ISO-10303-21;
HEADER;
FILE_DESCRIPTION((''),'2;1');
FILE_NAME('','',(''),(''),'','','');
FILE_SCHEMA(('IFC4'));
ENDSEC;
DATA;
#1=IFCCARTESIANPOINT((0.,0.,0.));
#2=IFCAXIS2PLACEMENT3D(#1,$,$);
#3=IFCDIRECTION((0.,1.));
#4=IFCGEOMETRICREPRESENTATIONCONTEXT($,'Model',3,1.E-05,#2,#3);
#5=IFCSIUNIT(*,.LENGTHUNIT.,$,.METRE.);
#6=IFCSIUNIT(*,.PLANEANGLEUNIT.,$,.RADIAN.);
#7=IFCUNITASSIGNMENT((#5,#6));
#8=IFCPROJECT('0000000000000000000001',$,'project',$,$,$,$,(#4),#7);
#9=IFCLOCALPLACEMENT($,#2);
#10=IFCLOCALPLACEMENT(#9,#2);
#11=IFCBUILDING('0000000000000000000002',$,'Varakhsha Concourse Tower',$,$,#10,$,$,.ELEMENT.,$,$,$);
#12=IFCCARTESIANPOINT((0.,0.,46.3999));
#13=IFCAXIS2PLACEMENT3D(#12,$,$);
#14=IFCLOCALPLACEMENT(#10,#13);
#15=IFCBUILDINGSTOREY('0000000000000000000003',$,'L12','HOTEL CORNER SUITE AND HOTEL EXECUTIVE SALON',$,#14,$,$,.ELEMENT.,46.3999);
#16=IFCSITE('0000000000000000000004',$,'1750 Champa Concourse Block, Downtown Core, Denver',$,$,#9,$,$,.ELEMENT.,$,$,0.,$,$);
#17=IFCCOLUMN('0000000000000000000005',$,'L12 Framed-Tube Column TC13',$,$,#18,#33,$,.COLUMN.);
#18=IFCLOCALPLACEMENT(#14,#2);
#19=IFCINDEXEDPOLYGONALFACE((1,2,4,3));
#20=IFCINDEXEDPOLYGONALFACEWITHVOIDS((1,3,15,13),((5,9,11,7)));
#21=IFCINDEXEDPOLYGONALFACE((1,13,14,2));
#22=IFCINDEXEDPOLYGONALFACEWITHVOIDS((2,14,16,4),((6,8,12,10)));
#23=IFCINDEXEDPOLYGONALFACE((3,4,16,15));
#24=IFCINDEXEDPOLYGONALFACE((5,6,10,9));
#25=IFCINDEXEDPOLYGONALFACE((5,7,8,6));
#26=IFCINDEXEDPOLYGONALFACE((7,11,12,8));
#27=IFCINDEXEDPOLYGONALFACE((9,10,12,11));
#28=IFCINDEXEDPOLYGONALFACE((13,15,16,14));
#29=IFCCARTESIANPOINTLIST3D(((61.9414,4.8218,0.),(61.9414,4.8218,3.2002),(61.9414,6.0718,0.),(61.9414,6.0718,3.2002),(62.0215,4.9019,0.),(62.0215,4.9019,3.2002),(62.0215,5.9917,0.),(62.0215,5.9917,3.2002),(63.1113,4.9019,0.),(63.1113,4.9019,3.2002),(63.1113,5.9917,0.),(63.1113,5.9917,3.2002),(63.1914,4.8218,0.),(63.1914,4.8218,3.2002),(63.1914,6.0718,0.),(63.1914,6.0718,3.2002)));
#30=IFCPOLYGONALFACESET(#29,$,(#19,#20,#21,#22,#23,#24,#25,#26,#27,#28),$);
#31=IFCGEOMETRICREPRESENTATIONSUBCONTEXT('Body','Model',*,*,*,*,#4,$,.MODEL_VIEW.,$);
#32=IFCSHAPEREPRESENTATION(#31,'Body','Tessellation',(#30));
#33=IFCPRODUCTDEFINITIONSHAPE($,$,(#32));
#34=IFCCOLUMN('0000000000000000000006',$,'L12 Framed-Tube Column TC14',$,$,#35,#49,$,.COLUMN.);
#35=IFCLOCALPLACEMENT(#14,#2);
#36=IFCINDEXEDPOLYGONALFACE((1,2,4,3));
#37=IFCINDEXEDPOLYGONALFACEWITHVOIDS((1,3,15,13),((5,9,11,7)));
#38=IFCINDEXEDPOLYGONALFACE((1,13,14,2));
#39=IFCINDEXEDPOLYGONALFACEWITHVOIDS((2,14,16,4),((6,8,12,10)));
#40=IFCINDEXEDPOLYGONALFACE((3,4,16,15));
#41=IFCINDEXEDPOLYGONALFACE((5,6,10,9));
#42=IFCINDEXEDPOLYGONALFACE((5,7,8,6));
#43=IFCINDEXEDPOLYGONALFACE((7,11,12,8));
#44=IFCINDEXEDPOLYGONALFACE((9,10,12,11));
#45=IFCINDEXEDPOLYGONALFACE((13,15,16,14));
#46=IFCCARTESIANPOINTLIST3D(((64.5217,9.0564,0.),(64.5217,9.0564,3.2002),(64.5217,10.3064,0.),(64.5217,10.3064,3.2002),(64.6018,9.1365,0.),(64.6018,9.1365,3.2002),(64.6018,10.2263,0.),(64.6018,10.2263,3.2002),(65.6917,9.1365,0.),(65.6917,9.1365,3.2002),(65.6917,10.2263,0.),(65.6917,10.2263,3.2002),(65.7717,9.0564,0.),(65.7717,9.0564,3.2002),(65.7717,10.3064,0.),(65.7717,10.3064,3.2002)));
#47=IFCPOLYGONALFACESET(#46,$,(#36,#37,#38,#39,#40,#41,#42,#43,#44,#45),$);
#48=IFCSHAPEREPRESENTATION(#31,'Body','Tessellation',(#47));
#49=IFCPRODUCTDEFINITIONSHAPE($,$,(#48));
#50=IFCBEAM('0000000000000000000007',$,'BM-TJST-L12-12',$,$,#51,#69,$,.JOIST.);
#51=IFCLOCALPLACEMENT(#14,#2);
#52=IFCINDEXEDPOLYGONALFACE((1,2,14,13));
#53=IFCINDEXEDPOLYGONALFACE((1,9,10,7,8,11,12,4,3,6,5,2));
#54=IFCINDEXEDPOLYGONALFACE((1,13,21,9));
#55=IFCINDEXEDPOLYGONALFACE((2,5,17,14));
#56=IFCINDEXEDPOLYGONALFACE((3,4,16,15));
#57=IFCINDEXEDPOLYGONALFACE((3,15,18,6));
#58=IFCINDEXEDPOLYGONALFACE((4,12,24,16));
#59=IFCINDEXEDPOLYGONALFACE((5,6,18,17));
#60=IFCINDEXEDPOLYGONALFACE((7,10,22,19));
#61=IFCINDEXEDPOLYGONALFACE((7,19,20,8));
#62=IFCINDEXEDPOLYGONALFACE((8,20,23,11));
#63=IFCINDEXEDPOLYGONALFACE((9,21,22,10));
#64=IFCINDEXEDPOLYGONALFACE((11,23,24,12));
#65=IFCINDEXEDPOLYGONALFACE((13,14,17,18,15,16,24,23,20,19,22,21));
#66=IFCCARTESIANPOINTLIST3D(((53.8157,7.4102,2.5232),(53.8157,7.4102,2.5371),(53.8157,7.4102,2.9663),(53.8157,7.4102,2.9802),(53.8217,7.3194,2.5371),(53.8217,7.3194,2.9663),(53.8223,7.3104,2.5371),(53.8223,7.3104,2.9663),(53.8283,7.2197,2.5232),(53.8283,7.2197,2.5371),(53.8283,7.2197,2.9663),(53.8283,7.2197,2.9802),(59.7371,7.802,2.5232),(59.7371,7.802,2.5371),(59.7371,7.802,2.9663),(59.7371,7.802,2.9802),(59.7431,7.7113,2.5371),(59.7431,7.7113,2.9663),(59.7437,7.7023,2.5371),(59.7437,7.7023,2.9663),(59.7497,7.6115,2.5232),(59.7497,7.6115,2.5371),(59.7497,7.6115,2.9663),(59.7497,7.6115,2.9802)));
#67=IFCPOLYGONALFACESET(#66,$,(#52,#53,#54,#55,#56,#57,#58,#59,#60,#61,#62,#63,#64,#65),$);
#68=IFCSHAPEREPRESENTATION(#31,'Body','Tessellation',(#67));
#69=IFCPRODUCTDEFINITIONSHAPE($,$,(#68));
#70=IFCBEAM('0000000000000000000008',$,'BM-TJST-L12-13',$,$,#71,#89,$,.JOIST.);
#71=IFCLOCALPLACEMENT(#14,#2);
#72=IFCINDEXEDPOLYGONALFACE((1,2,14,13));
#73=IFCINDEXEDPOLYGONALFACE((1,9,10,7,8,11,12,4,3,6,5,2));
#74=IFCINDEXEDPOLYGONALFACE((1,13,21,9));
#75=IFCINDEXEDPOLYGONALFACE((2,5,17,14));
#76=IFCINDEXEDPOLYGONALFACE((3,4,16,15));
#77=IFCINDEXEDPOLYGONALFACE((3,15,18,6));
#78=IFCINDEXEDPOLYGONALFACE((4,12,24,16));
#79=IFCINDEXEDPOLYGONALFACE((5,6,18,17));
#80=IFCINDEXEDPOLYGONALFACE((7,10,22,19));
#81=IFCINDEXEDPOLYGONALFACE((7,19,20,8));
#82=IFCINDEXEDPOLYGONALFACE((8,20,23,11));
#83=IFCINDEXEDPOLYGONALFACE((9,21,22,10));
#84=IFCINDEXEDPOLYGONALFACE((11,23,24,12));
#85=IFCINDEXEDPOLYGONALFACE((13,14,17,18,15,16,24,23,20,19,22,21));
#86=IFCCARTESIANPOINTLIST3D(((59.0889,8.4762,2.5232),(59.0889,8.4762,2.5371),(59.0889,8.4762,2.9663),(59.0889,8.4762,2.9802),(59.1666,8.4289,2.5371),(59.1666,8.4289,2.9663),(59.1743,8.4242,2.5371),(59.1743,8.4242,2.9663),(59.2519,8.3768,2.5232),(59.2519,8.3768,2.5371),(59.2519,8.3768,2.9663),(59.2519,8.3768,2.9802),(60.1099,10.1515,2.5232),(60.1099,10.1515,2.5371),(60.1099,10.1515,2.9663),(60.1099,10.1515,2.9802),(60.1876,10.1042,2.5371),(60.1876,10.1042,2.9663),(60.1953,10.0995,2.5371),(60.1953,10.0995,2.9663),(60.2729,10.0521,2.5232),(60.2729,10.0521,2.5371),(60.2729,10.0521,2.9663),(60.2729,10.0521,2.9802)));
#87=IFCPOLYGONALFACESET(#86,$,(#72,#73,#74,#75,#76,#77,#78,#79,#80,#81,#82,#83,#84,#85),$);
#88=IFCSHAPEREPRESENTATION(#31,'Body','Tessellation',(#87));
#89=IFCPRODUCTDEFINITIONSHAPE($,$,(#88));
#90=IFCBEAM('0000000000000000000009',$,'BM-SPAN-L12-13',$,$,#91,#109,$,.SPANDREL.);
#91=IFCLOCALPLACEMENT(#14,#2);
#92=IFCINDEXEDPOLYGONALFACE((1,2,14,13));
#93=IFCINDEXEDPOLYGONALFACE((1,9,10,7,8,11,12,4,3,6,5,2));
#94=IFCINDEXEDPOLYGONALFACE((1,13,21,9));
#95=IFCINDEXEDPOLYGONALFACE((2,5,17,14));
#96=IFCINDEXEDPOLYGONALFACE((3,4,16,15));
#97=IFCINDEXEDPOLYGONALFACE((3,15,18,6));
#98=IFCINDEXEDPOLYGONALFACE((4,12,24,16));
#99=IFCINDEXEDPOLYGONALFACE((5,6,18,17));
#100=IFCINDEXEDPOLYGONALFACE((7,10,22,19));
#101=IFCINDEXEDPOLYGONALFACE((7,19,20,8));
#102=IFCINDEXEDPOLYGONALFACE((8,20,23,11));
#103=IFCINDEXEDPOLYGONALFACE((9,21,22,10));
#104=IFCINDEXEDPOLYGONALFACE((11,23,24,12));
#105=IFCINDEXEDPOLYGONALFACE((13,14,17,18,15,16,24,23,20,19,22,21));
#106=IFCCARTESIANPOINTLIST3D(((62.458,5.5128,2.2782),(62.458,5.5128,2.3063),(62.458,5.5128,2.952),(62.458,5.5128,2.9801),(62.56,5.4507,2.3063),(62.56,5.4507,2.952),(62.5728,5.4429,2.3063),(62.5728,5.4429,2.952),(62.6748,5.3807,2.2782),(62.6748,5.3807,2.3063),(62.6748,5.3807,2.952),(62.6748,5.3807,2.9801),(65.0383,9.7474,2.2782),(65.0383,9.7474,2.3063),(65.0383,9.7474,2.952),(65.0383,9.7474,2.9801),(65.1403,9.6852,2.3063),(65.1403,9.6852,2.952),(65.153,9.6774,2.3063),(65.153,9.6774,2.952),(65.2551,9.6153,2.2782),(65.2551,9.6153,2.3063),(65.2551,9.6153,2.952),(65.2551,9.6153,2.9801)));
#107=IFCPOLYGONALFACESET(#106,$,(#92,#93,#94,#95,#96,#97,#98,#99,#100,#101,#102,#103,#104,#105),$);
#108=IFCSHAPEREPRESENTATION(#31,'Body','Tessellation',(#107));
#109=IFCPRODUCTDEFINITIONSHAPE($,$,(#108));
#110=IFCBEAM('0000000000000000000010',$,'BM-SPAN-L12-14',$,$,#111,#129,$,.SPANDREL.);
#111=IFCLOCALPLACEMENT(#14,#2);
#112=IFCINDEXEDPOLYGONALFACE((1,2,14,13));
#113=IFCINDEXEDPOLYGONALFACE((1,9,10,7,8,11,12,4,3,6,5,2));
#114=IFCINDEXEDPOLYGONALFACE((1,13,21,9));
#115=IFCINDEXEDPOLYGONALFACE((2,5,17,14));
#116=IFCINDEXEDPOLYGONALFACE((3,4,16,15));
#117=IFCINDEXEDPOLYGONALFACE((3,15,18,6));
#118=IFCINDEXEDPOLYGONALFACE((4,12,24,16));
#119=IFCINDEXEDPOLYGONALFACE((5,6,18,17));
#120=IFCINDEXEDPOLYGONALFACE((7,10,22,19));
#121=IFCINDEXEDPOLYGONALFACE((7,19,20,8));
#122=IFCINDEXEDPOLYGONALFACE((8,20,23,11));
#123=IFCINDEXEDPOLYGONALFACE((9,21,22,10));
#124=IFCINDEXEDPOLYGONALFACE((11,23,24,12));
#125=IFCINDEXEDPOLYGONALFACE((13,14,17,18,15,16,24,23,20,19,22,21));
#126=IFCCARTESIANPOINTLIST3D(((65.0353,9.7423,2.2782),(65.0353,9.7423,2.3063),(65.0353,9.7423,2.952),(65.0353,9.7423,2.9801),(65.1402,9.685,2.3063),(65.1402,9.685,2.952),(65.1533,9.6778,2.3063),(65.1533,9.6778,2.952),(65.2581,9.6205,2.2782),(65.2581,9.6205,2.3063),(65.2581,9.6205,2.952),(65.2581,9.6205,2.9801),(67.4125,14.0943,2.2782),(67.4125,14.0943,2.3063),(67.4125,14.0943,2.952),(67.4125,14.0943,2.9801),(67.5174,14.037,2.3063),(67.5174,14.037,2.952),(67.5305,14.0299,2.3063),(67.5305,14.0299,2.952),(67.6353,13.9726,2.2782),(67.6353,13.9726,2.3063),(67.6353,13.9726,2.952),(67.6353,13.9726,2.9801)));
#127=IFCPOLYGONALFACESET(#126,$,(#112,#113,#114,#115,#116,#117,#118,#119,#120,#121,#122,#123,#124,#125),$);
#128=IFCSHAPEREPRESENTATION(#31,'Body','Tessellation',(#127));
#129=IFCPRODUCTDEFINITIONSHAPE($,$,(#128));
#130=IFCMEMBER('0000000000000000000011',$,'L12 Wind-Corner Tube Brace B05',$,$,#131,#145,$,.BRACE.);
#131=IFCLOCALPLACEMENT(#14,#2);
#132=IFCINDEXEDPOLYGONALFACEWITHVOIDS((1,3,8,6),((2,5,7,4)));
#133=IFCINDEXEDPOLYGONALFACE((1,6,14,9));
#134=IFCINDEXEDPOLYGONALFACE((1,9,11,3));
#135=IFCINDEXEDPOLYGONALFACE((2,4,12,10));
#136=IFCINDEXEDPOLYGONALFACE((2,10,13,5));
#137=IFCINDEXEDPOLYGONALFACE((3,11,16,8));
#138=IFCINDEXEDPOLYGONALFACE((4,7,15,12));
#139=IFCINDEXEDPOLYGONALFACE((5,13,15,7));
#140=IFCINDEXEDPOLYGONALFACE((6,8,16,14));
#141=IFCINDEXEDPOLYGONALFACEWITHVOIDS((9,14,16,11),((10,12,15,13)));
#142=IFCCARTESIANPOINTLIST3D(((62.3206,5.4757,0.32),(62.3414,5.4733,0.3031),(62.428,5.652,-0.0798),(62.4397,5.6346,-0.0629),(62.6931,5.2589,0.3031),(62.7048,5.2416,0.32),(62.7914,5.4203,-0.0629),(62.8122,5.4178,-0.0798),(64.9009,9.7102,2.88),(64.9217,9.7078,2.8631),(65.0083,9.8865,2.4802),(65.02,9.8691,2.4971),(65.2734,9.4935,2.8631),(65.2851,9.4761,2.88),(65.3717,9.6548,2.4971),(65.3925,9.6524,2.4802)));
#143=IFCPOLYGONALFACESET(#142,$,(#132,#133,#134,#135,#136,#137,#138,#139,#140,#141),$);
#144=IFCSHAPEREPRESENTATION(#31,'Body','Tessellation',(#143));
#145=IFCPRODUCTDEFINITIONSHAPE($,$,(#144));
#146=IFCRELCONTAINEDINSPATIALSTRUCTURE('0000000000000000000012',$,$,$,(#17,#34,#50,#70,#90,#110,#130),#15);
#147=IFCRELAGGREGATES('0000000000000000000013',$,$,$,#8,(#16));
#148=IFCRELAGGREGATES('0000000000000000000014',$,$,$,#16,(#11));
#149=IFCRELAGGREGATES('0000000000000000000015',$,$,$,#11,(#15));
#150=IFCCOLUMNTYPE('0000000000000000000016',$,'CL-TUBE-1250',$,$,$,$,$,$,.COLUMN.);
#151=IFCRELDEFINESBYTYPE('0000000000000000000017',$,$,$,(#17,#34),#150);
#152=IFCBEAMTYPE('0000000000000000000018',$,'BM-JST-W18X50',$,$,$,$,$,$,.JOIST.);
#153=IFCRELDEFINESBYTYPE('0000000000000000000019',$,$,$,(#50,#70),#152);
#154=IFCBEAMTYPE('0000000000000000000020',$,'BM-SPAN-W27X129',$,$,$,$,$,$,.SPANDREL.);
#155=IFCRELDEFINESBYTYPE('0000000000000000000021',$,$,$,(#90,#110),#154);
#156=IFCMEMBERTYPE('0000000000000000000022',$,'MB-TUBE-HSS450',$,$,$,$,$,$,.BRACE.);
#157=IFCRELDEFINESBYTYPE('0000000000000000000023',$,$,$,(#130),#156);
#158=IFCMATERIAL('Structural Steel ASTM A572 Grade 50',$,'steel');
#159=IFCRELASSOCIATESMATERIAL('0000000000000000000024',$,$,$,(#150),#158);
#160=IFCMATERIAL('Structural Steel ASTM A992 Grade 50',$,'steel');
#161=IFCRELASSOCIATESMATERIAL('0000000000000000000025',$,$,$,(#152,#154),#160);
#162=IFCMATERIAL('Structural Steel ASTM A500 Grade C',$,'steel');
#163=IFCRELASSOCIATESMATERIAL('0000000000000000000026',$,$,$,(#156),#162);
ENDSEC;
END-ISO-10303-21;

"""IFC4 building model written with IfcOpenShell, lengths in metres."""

from ifc_helpers import new_model, si_unit, direction, frame, origin, origin_2d, place, context, subcontext, project, spatial, hollow_rectangle, i_section, extrude, source, transform, mapped, material, material_profile, profile_set, type_object, type_shapes, element, save


model = new_model("IFC4")

# Units and contexts
model_context = context("Model", 3, precision=1e-05, world=origin(), true_north=direction((0.0, 1.0)))
body_context = subcontext(model_context, "Body", "Model", "MODEL_VIEW")
ifc_project = project(units=[si_unit("LENGTHUNIT", "METRE"), si_unit("PLANEANGLEUNIT", "RADIAN")], contexts=[model_context])

# Site, building, storey
site_placement = place(None, origin())
site = spatial("IfcSite", under=ifc_project, at=site_placement, Name="1750 Champa Concourse Block, Downtown Core, Denver", CompositionType="ELEMENT", RefElevation=0.0)
building_placement = place(site_placement, origin())
building = spatial("IfcBuilding", under=site, at=building_placement, Name="Varakhsha Concourse Tower", CompositionType="ELEMENT")
storey_placement = place(building_placement, frame((0.0, 0.0, 46.3999)))
storey = spatial("IfcBuildingStorey", under=building, at=storey_placement, Name="L12", Description="HOTEL CORNER SUITE AND HOTEL EXECUTIVE SALON", CompositionType="ELEMENT", Elevation=46.3999)

# Columns
ifc_material_1 = material(Name="Structural Steel ASTM A572 Grade 50", Category="steel")
ifc_material_profile_1 = material_profile(ifc_material_1, hollow_rectangle(XDim=1.25, YDim=1.25, WallThickness=0.0801, at=origin_2d()), Name="BOX 1250x1250x80")
ifc_profile_set_1 = profile_set([ifc_material_profile_1], Name="Structural Steel ASTM A572 Grade 50")
column_type = type_object("IfcColumnType", Name="CL-TUBE-1250", PredefinedType="COLUMN", material=ifc_profile_set_1)
for number, where, z_axis, x_axis, name in (
    (1, (62.5664, 5.4468, 0.0), (0.0, 0.0, 1.0), (1.0, 0.0, 0.0), "L12 Framed-Tube Column TC13"),
    (2, (65.1467, 9.6814, 0.0), (0.0, 0.0, 1.0), (1.0, 0.0, 0.0), "L12 Framed-Tube Column TC14"),
):
    element("IfcColumn", number, at=place(storey_placement, frame(where, z_axis=z_axis, x_axis=x_axis)), inside=storey, type_object=column_type, Name=name, PredefinedType="COLUMN", context=body_context, shape_type="SweptSolid", body=[
        extrude(hollow_rectangle(XDim=1.25, YDim=1.25, WallThickness=0.0801, at=origin_2d()), origin(), (0.0, 0.0, 1.0), 3.2002),
    ])

# Beams
ifc_material_2 = material(Name="Structural Steel ASTM A992 Grade 50", Category="steel")
ifc_material_profile_2 = material_profile(ifc_material_2, i_section(OverallWidth=0.1909, OverallDepth=0.457, WebThickness=0.009, FlangeThickness=0.0139, at=origin_2d()), Name="W18X50")
ifc_profile_set_2 = profile_set([ifc_material_profile_2], Name="Structural Steel ASTM A992 Grade 50")
beam_type_1 = type_object("IfcBeamType", Name="BM-JST-W18X50", PredefinedType="JOIST", material=ifc_profile_set_2)
beam_1_placement = place(storey_placement, frame((53.822, 7.3149, 2.7517), z_axis=(0.997818, 0.06603, 0.0), x_axis=(-0.06603, 0.997818, 0.0)))
element("IfcBeam", 3, at=beam_1_placement, inside=storey, type_object=beam_type_1, Name="BM-TJST-L12-12", PredefinedType="JOIST", context=body_context, shape_type="SweptSolid", body=[
    extrude(i_section(OverallWidth=0.1909, OverallDepth=0.457, WebThickness=0.009, FlangeThickness=0.0139, at=origin_2d()), origin(), (0.0, 0.0, 1.0), 5.9343),
])
beam_2_placement = place(storey_placement, frame((59.1704, 8.4265, 2.7517), z_axis=(0.520413, 0.853915, 0.0), x_axis=(-0.853915, 0.520413, 0.0)))
element("IfcBeam", 4, at=beam_2_placement, inside=storey, type_object=beam_type_1, Name="BM-TJST-L12-13", PredefinedType="JOIST", context=body_context, shape_type="SweptSolid", body=[
    extrude(i_section(OverallWidth=0.1909, OverallDepth=0.457, WebThickness=0.009, FlangeThickness=0.0139, at=origin_2d()), origin(), (0.0, 0.0, 1.0), 1.9619),
])
ifc_material_profile_3 = material_profile(ifc_material_2, i_section(OverallWidth=0.2539, OverallDepth=0.7019, WebThickness=0.0149, FlangeThickness=0.0281, at=origin_2d()), Name="W27X129")
ifc_profile_set_3 = profile_set([ifc_material_profile_3], Name="Structural Steel ASTM A992 Grade 50")
beam_type_2 = type_object("IfcBeamType", Name="BM-SPAN-W27X129", PredefinedType="SPANDREL", material=ifc_profile_set_3)
beam_3_placement = place(storey_placement, frame((62.5664, 5.4468, 2.6292), z_axis=(0.520348, 0.853954, 0.0), x_axis=(-0.853954, 0.520348, 0.0)))
element("IfcBeam", 5, at=beam_3_placement, inside=storey, type_object=beam_type_2, Name="BM-SPAN-L12-13", PredefinedType="SPANDREL", context=body_context, shape_type="SweptSolid", body=[
    extrude(i_section(OverallWidth=0.2539, OverallDepth=0.7019, WebThickness=0.0149, FlangeThickness=0.0281, at=origin_2d()), origin(), (0.0, 0.0, 1.0), 4.9587),
])
beam_4_placement = place(storey_placement, frame((65.1467, 9.6814, 2.6292), z_axis=(0.479373, 0.877611, 0.0), x_axis=(-0.877611, 0.479373, 0.0)))
element("IfcBeam", 6, at=beam_4_placement, inside=storey, type_object=beam_type_2, Name="BM-SPAN-L12-14", PredefinedType="SPANDREL", context=body_context, shape_type="SweptSolid", body=[
    extrude(i_section(OverallWidth=0.2539, OverallDepth=0.7019, WebThickness=0.0149, FlangeThickness=0.0281, at=origin_2d()), origin(), (0.0, 0.0, 1.0), 4.959),
])

# Member
ifc_material_3 = material(Name="Structural Steel ASTM A500 Grade C", Category="steel")
ifc_material_profile_4 = material_profile(ifc_material_3, hollow_rectangle(XDim=0.45, YDim=0.45, WallThickness=0.019, at=origin_2d()), Name="HSS 450x450x19")
ifc_profile_set_4 = profile_set([ifc_material_profile_4], Name="Structural Steel ASTM A500 Grade C")
member_type_1 = type_object("IfcMemberType", Name="MB-TUBE-HSS450", PredefinedType="BRACE", material=ifc_profile_set_4)
shared_shape_1 = source(origin(), body_context, "Body", "SweptSolid", [
    extrude(hollow_rectangle(XDim=0.45, YDim=0.45, WallThickness=0.019, at=origin_2d()), origin(), (0.0, 0.0, 1.0), 5.5806),
])
type_shapes(member_type_1, [shared_shape_1])
member_1_placement = place(storey_placement, frame((62.5664, 5.4468, 0.1201), z_axis=(0.462367, 0.7588, 0.458736), x_axis=(-0.853954, 0.520348, 0.0)))
element("IfcMember", 7, at=member_1_placement, inside=storey, type_object=member_type_1, Name="L12 Wind-Corner Tube Brace B05", PredefinedType="BRACE", context=body_context, shape_type="MappedRepresentation", body=[
    mapped(shared_shape_1, transform((0.0, 0.0, 0.0), scale=1.0)),
])

save(model, "model.ifc")
